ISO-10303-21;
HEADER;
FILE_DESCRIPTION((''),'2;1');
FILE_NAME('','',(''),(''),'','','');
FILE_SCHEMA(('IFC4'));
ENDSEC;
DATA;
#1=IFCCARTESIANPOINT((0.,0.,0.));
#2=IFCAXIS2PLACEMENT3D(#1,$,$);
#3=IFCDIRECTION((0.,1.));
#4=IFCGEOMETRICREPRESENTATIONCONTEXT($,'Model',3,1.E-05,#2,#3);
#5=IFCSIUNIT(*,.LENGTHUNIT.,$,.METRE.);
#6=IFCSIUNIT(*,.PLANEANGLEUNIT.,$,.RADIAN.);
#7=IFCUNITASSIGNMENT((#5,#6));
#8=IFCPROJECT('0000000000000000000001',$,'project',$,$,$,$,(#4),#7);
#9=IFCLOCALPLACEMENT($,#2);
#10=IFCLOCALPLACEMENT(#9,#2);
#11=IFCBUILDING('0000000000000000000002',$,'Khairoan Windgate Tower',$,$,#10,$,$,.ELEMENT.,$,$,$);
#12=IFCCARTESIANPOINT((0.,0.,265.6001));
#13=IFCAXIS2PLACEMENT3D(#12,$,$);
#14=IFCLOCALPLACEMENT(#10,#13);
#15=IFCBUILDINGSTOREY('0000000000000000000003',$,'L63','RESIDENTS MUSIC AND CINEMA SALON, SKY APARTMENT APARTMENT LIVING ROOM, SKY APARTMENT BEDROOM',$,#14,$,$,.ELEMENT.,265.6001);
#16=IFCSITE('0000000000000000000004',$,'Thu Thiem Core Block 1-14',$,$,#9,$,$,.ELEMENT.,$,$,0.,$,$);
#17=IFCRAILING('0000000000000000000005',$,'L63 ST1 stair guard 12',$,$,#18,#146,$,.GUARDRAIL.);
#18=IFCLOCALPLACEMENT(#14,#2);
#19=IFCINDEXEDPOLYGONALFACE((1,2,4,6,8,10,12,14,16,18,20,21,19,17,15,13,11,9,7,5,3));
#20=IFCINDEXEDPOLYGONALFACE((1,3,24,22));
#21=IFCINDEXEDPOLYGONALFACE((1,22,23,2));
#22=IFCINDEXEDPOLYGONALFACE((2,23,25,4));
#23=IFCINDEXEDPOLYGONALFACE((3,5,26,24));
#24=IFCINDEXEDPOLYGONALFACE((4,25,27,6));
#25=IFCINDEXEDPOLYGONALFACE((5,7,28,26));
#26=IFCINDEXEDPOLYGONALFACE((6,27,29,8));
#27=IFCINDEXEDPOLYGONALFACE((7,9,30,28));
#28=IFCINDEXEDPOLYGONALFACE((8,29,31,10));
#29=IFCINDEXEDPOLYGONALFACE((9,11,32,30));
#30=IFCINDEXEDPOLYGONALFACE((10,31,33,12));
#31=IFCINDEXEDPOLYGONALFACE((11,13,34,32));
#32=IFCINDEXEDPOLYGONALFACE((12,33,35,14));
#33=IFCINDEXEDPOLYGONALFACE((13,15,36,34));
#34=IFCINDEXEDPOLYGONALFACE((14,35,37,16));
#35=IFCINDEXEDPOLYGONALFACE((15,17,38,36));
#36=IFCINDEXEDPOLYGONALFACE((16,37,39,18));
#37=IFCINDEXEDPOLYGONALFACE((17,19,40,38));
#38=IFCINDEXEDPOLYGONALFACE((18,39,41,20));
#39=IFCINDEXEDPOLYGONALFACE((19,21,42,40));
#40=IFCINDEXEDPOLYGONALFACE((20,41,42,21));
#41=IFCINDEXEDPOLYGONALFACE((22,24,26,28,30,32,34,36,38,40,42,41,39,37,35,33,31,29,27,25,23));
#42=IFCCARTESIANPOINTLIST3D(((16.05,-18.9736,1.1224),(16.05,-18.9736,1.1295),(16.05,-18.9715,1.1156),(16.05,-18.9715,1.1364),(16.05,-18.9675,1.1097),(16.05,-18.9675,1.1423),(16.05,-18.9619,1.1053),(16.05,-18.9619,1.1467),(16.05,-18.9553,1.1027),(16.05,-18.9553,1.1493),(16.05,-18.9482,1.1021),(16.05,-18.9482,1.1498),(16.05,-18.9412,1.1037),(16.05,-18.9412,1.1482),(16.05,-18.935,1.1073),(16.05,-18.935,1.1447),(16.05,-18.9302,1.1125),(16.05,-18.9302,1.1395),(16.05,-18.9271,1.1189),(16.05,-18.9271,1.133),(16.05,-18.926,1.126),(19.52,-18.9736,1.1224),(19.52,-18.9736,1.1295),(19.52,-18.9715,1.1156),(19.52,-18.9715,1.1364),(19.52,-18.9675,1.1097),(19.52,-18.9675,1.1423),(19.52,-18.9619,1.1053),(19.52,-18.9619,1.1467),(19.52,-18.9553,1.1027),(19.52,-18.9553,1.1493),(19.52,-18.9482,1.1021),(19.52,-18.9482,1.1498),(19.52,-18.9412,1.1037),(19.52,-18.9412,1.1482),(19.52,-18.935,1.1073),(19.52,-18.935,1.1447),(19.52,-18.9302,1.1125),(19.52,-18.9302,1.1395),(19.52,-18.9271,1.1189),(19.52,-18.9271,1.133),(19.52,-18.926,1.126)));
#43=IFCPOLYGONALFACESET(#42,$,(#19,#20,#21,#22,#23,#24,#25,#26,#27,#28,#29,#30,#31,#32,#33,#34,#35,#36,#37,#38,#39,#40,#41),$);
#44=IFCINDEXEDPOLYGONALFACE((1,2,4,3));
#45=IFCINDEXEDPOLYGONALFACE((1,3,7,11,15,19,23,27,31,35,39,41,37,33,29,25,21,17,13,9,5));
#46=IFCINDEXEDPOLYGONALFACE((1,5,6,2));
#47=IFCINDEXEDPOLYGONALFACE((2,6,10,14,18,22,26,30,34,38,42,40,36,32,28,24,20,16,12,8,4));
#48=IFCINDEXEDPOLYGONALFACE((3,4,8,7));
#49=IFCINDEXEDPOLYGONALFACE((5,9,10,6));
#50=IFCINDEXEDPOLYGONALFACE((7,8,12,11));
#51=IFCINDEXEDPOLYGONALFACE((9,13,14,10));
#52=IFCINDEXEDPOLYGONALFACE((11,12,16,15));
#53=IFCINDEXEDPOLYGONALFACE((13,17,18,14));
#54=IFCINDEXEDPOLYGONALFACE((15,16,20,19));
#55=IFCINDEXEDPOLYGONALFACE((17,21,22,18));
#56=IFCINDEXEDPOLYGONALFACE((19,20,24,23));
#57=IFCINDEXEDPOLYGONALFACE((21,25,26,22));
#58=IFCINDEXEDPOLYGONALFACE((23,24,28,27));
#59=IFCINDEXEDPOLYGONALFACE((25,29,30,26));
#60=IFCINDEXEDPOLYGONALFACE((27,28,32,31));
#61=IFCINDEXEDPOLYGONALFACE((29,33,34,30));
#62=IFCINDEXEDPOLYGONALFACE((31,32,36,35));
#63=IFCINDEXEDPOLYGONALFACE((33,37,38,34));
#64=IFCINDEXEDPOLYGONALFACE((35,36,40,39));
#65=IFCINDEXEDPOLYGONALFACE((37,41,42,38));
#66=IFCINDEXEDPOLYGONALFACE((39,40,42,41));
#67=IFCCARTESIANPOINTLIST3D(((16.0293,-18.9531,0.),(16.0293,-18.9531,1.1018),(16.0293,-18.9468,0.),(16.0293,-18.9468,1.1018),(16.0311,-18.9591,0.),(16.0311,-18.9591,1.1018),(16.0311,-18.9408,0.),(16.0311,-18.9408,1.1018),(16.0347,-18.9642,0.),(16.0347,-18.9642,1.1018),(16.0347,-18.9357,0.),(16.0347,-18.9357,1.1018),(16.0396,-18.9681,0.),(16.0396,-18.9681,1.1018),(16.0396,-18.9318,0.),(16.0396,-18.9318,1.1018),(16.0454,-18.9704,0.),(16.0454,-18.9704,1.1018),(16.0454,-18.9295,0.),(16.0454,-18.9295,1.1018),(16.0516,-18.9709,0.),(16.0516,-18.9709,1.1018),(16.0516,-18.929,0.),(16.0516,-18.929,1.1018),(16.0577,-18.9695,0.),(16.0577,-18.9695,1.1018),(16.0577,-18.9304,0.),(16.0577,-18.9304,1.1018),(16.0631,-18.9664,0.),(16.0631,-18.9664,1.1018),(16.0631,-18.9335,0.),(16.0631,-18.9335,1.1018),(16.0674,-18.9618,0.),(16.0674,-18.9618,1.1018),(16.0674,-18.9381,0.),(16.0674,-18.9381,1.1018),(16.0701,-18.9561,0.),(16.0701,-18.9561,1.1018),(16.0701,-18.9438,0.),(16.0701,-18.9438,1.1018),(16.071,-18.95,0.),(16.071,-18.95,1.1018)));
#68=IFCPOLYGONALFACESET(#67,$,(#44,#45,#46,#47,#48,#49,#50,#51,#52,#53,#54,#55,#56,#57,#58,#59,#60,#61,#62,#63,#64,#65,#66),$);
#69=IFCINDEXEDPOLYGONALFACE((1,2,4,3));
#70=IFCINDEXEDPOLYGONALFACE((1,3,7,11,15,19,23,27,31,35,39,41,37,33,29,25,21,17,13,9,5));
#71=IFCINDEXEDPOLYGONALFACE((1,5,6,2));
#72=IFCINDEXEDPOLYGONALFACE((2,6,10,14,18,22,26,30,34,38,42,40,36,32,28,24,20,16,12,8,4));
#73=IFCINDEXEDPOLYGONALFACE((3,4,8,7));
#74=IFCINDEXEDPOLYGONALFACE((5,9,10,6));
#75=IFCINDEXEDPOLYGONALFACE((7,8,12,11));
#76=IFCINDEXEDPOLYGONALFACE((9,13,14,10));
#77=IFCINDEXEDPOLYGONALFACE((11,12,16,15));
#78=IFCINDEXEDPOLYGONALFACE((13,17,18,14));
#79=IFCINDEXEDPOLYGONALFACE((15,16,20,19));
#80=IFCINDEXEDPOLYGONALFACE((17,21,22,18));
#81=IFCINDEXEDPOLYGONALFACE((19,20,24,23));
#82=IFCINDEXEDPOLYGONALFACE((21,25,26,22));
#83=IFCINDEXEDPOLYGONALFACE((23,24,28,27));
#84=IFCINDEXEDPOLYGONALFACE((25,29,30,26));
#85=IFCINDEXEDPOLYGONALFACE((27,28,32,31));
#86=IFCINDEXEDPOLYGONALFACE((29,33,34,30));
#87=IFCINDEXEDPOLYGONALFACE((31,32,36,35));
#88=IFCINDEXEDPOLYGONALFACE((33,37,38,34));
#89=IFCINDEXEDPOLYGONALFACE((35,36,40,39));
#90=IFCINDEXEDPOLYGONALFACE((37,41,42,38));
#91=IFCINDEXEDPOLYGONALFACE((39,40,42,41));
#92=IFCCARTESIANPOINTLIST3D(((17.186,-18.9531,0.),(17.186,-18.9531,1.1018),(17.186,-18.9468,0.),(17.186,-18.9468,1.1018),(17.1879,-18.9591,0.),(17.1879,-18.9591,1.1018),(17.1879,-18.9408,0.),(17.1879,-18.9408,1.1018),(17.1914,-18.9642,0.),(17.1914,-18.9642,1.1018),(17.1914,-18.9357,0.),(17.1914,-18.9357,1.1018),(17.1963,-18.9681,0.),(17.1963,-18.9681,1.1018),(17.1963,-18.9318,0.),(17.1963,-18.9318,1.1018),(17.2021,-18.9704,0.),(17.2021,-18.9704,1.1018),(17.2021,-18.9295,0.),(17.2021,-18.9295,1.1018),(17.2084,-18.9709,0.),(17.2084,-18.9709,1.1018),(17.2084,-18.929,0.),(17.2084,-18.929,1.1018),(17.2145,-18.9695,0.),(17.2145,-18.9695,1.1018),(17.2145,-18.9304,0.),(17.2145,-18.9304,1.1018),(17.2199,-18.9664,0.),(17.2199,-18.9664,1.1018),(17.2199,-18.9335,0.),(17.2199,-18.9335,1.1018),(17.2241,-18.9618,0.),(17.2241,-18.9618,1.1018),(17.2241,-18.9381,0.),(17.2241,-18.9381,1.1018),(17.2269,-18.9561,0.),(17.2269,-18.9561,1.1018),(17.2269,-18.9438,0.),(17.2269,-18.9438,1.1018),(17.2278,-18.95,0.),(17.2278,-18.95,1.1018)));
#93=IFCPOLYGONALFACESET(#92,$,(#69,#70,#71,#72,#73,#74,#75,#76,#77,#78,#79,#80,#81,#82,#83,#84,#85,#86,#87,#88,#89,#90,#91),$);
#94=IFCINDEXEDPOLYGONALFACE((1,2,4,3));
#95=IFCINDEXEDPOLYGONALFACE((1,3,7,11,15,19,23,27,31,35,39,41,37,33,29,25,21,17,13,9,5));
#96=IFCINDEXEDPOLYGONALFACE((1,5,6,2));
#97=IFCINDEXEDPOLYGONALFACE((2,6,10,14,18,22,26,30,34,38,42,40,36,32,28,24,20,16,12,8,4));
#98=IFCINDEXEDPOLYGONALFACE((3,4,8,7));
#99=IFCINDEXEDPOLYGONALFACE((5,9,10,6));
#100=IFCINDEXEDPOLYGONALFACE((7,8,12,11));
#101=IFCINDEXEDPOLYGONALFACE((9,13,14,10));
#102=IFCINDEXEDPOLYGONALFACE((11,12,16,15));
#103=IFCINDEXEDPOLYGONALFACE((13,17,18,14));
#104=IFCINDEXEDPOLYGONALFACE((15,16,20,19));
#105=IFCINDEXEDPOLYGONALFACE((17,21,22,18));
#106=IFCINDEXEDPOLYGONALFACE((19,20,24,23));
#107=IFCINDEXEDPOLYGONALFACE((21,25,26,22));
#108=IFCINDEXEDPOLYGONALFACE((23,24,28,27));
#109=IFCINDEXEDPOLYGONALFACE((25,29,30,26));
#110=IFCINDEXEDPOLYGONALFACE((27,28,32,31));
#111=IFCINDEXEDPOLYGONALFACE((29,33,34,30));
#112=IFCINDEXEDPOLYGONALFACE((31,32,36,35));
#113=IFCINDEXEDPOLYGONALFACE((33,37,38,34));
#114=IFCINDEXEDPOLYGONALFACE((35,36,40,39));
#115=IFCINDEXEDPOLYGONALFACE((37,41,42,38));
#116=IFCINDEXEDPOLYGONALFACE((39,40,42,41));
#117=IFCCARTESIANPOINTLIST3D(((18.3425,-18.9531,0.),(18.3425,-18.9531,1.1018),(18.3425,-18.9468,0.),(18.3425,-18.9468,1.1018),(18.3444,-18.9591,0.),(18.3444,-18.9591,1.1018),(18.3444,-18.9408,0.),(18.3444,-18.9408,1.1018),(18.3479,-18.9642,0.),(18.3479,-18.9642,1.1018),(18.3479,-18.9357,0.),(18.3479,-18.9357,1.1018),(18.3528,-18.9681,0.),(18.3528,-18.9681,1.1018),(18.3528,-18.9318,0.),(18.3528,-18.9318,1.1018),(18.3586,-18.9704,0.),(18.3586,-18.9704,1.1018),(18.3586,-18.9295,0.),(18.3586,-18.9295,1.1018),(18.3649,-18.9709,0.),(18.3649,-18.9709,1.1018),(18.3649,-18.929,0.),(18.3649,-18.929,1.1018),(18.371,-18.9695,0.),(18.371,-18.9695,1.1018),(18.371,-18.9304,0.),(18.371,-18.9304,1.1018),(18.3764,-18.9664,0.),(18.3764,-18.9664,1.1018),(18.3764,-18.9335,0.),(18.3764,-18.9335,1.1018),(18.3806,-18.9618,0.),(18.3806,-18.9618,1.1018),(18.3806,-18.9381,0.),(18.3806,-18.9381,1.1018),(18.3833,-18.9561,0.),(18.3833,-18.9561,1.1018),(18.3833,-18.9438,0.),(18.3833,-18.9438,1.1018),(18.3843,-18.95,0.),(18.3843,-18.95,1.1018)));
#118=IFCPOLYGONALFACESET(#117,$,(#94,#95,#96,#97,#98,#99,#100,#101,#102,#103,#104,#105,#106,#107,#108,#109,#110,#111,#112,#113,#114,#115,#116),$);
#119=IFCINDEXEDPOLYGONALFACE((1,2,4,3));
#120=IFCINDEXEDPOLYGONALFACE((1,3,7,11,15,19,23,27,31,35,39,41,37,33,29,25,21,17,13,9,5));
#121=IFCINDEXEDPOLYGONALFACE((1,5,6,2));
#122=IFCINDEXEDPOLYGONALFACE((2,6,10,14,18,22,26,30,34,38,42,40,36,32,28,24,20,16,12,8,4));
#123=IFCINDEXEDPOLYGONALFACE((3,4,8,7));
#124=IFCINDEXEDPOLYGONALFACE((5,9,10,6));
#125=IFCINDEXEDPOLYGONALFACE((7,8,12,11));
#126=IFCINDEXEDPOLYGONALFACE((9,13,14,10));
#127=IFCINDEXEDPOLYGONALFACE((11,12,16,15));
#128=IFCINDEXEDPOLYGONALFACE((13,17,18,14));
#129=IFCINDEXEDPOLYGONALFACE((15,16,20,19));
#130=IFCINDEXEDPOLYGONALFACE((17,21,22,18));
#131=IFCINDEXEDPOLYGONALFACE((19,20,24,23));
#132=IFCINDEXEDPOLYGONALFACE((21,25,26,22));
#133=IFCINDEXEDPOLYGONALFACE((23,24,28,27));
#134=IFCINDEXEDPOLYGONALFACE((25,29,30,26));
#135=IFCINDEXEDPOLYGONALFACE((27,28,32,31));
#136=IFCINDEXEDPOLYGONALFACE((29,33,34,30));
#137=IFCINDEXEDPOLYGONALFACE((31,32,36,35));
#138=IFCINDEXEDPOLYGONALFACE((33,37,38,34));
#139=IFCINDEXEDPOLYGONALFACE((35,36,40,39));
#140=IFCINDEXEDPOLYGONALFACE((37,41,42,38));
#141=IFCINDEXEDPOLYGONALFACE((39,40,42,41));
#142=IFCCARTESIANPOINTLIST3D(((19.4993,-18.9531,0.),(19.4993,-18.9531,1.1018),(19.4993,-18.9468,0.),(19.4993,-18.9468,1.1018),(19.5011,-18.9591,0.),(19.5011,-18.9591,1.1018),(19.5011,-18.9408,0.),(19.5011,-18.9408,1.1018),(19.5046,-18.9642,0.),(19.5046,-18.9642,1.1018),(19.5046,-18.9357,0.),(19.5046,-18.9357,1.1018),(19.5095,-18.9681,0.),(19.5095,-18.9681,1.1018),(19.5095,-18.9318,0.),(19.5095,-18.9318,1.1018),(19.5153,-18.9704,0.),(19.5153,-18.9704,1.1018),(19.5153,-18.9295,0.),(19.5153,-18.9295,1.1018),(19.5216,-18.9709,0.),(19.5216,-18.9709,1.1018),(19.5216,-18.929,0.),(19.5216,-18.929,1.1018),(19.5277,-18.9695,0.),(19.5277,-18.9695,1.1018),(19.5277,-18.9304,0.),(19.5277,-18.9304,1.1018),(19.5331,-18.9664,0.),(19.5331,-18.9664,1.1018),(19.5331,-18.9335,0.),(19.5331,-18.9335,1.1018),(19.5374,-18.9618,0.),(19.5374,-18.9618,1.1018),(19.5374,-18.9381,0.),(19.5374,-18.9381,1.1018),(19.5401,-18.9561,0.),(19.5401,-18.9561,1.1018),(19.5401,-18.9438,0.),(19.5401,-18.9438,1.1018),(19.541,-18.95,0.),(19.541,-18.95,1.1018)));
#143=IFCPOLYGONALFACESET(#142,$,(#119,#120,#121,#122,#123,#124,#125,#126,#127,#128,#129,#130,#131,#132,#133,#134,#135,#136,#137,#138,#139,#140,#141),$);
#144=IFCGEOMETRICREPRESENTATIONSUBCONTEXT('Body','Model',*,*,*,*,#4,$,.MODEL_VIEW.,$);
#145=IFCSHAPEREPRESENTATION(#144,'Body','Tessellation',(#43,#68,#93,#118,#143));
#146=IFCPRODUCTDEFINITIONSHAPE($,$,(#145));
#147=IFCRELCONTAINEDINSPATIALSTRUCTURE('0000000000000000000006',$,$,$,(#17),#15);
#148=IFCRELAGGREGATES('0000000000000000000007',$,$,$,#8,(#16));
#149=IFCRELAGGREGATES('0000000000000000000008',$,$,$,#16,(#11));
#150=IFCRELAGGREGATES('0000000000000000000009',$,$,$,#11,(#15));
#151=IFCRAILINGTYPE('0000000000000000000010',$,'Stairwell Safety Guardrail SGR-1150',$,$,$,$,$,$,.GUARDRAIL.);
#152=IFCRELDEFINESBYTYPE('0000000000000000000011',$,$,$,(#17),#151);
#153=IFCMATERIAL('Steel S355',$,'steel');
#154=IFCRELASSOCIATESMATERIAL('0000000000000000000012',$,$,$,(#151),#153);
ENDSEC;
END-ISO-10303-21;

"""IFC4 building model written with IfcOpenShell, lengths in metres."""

from ifc_helpers import new_model, si_unit, direction, frame, origin, origin_2d, place, context, subcontext, project, spatial, circle, extrude, material, type_object, element, save


model = new_model("IFC4")

# Units and contexts
model_context = context("Model", 3, precision=1e-05, world=origin(), true_north=direction((0.0, 1.0)))
body_context = subcontext(model_context, "Body", "Model", "MODEL_VIEW")
ifc_project = project(units=[si_unit("LENGTHUNIT", "METRE"), si_unit("PLANEANGLEUNIT", "RADIAN")], contexts=[model_context])

# Site, building, storey
site_placement = place(None, origin())
site = spatial("IfcSite", under=ifc_project, at=site_placement, Name="Thu Thiem Core Block 1-14", CompositionType="ELEMENT", RefElevation=0.0)
building_placement = place(site_placement, origin())
building = spatial("IfcBuilding", under=site, at=building_placement, Name="Khairoan Windgate Tower", CompositionType="ELEMENT")
storey_placement = place(building_placement, frame((0.0, 0.0, 265.6001)))
storey = spatial("IfcBuildingStorey", under=building, at=storey_placement, Name="L63", Description="RESIDENTS MUSIC AND CINEMA SALON, SKY APARTMENT APARTMENT LIVING ROOM, SKY APARTMENT BEDROOM", CompositionType="ELEMENT", Elevation=265.6001)

# Railing
ifc_material_1 = material(Name="Steel S355", Category="steel")
railing_type = type_object("IfcRailingType", Name="Stairwell Safety Guardrail SGR-1150", PredefinedType="GUARDRAIL", material=ifc_material_1)
railing_1_placement = place(storey_placement, frame((16.05, -18.95, 0.0)))
element("IfcRailing", 1, at=railing_1_placement, inside=storey, type_object=railing_type, Name="L63 ST1 stair guard 12", PredefinedType="GUARDRAIL", context=body_context, shape_type="SweptSolid", body=[
    extrude(circle(Radius=0.0239, at=origin_2d()), frame((0.0, 0.0, 1.126), z_axis=(1.0, 0.0, 0.0), x_axis=(0.0, 1.0, 0.0)), (0.0, 0.0, 1.0), 3.47),
    extrude(circle(Radius=0.021, at=origin_2d()), origin(), (0.0, 0.0, 1.0), 1.1018),
    extrude(circle(Radius=0.021, at=origin_2d()), frame((1.1567, 0.0, 0.0)), (0.0, 0.0, 1.0), 1.1018),
    extrude(circle(Radius=0.021, at=origin_2d()), frame((2.3132, 0.0, 0.0)), (0.0, 0.0, 1.0), 1.1018),
    extrude(circle(Radius=0.021, at=origin_2d()), frame((3.47, 0.0, 0.0)), (0.0, 0.0, 1.0), 1.1018),
])

save(model, "model.ifc")
